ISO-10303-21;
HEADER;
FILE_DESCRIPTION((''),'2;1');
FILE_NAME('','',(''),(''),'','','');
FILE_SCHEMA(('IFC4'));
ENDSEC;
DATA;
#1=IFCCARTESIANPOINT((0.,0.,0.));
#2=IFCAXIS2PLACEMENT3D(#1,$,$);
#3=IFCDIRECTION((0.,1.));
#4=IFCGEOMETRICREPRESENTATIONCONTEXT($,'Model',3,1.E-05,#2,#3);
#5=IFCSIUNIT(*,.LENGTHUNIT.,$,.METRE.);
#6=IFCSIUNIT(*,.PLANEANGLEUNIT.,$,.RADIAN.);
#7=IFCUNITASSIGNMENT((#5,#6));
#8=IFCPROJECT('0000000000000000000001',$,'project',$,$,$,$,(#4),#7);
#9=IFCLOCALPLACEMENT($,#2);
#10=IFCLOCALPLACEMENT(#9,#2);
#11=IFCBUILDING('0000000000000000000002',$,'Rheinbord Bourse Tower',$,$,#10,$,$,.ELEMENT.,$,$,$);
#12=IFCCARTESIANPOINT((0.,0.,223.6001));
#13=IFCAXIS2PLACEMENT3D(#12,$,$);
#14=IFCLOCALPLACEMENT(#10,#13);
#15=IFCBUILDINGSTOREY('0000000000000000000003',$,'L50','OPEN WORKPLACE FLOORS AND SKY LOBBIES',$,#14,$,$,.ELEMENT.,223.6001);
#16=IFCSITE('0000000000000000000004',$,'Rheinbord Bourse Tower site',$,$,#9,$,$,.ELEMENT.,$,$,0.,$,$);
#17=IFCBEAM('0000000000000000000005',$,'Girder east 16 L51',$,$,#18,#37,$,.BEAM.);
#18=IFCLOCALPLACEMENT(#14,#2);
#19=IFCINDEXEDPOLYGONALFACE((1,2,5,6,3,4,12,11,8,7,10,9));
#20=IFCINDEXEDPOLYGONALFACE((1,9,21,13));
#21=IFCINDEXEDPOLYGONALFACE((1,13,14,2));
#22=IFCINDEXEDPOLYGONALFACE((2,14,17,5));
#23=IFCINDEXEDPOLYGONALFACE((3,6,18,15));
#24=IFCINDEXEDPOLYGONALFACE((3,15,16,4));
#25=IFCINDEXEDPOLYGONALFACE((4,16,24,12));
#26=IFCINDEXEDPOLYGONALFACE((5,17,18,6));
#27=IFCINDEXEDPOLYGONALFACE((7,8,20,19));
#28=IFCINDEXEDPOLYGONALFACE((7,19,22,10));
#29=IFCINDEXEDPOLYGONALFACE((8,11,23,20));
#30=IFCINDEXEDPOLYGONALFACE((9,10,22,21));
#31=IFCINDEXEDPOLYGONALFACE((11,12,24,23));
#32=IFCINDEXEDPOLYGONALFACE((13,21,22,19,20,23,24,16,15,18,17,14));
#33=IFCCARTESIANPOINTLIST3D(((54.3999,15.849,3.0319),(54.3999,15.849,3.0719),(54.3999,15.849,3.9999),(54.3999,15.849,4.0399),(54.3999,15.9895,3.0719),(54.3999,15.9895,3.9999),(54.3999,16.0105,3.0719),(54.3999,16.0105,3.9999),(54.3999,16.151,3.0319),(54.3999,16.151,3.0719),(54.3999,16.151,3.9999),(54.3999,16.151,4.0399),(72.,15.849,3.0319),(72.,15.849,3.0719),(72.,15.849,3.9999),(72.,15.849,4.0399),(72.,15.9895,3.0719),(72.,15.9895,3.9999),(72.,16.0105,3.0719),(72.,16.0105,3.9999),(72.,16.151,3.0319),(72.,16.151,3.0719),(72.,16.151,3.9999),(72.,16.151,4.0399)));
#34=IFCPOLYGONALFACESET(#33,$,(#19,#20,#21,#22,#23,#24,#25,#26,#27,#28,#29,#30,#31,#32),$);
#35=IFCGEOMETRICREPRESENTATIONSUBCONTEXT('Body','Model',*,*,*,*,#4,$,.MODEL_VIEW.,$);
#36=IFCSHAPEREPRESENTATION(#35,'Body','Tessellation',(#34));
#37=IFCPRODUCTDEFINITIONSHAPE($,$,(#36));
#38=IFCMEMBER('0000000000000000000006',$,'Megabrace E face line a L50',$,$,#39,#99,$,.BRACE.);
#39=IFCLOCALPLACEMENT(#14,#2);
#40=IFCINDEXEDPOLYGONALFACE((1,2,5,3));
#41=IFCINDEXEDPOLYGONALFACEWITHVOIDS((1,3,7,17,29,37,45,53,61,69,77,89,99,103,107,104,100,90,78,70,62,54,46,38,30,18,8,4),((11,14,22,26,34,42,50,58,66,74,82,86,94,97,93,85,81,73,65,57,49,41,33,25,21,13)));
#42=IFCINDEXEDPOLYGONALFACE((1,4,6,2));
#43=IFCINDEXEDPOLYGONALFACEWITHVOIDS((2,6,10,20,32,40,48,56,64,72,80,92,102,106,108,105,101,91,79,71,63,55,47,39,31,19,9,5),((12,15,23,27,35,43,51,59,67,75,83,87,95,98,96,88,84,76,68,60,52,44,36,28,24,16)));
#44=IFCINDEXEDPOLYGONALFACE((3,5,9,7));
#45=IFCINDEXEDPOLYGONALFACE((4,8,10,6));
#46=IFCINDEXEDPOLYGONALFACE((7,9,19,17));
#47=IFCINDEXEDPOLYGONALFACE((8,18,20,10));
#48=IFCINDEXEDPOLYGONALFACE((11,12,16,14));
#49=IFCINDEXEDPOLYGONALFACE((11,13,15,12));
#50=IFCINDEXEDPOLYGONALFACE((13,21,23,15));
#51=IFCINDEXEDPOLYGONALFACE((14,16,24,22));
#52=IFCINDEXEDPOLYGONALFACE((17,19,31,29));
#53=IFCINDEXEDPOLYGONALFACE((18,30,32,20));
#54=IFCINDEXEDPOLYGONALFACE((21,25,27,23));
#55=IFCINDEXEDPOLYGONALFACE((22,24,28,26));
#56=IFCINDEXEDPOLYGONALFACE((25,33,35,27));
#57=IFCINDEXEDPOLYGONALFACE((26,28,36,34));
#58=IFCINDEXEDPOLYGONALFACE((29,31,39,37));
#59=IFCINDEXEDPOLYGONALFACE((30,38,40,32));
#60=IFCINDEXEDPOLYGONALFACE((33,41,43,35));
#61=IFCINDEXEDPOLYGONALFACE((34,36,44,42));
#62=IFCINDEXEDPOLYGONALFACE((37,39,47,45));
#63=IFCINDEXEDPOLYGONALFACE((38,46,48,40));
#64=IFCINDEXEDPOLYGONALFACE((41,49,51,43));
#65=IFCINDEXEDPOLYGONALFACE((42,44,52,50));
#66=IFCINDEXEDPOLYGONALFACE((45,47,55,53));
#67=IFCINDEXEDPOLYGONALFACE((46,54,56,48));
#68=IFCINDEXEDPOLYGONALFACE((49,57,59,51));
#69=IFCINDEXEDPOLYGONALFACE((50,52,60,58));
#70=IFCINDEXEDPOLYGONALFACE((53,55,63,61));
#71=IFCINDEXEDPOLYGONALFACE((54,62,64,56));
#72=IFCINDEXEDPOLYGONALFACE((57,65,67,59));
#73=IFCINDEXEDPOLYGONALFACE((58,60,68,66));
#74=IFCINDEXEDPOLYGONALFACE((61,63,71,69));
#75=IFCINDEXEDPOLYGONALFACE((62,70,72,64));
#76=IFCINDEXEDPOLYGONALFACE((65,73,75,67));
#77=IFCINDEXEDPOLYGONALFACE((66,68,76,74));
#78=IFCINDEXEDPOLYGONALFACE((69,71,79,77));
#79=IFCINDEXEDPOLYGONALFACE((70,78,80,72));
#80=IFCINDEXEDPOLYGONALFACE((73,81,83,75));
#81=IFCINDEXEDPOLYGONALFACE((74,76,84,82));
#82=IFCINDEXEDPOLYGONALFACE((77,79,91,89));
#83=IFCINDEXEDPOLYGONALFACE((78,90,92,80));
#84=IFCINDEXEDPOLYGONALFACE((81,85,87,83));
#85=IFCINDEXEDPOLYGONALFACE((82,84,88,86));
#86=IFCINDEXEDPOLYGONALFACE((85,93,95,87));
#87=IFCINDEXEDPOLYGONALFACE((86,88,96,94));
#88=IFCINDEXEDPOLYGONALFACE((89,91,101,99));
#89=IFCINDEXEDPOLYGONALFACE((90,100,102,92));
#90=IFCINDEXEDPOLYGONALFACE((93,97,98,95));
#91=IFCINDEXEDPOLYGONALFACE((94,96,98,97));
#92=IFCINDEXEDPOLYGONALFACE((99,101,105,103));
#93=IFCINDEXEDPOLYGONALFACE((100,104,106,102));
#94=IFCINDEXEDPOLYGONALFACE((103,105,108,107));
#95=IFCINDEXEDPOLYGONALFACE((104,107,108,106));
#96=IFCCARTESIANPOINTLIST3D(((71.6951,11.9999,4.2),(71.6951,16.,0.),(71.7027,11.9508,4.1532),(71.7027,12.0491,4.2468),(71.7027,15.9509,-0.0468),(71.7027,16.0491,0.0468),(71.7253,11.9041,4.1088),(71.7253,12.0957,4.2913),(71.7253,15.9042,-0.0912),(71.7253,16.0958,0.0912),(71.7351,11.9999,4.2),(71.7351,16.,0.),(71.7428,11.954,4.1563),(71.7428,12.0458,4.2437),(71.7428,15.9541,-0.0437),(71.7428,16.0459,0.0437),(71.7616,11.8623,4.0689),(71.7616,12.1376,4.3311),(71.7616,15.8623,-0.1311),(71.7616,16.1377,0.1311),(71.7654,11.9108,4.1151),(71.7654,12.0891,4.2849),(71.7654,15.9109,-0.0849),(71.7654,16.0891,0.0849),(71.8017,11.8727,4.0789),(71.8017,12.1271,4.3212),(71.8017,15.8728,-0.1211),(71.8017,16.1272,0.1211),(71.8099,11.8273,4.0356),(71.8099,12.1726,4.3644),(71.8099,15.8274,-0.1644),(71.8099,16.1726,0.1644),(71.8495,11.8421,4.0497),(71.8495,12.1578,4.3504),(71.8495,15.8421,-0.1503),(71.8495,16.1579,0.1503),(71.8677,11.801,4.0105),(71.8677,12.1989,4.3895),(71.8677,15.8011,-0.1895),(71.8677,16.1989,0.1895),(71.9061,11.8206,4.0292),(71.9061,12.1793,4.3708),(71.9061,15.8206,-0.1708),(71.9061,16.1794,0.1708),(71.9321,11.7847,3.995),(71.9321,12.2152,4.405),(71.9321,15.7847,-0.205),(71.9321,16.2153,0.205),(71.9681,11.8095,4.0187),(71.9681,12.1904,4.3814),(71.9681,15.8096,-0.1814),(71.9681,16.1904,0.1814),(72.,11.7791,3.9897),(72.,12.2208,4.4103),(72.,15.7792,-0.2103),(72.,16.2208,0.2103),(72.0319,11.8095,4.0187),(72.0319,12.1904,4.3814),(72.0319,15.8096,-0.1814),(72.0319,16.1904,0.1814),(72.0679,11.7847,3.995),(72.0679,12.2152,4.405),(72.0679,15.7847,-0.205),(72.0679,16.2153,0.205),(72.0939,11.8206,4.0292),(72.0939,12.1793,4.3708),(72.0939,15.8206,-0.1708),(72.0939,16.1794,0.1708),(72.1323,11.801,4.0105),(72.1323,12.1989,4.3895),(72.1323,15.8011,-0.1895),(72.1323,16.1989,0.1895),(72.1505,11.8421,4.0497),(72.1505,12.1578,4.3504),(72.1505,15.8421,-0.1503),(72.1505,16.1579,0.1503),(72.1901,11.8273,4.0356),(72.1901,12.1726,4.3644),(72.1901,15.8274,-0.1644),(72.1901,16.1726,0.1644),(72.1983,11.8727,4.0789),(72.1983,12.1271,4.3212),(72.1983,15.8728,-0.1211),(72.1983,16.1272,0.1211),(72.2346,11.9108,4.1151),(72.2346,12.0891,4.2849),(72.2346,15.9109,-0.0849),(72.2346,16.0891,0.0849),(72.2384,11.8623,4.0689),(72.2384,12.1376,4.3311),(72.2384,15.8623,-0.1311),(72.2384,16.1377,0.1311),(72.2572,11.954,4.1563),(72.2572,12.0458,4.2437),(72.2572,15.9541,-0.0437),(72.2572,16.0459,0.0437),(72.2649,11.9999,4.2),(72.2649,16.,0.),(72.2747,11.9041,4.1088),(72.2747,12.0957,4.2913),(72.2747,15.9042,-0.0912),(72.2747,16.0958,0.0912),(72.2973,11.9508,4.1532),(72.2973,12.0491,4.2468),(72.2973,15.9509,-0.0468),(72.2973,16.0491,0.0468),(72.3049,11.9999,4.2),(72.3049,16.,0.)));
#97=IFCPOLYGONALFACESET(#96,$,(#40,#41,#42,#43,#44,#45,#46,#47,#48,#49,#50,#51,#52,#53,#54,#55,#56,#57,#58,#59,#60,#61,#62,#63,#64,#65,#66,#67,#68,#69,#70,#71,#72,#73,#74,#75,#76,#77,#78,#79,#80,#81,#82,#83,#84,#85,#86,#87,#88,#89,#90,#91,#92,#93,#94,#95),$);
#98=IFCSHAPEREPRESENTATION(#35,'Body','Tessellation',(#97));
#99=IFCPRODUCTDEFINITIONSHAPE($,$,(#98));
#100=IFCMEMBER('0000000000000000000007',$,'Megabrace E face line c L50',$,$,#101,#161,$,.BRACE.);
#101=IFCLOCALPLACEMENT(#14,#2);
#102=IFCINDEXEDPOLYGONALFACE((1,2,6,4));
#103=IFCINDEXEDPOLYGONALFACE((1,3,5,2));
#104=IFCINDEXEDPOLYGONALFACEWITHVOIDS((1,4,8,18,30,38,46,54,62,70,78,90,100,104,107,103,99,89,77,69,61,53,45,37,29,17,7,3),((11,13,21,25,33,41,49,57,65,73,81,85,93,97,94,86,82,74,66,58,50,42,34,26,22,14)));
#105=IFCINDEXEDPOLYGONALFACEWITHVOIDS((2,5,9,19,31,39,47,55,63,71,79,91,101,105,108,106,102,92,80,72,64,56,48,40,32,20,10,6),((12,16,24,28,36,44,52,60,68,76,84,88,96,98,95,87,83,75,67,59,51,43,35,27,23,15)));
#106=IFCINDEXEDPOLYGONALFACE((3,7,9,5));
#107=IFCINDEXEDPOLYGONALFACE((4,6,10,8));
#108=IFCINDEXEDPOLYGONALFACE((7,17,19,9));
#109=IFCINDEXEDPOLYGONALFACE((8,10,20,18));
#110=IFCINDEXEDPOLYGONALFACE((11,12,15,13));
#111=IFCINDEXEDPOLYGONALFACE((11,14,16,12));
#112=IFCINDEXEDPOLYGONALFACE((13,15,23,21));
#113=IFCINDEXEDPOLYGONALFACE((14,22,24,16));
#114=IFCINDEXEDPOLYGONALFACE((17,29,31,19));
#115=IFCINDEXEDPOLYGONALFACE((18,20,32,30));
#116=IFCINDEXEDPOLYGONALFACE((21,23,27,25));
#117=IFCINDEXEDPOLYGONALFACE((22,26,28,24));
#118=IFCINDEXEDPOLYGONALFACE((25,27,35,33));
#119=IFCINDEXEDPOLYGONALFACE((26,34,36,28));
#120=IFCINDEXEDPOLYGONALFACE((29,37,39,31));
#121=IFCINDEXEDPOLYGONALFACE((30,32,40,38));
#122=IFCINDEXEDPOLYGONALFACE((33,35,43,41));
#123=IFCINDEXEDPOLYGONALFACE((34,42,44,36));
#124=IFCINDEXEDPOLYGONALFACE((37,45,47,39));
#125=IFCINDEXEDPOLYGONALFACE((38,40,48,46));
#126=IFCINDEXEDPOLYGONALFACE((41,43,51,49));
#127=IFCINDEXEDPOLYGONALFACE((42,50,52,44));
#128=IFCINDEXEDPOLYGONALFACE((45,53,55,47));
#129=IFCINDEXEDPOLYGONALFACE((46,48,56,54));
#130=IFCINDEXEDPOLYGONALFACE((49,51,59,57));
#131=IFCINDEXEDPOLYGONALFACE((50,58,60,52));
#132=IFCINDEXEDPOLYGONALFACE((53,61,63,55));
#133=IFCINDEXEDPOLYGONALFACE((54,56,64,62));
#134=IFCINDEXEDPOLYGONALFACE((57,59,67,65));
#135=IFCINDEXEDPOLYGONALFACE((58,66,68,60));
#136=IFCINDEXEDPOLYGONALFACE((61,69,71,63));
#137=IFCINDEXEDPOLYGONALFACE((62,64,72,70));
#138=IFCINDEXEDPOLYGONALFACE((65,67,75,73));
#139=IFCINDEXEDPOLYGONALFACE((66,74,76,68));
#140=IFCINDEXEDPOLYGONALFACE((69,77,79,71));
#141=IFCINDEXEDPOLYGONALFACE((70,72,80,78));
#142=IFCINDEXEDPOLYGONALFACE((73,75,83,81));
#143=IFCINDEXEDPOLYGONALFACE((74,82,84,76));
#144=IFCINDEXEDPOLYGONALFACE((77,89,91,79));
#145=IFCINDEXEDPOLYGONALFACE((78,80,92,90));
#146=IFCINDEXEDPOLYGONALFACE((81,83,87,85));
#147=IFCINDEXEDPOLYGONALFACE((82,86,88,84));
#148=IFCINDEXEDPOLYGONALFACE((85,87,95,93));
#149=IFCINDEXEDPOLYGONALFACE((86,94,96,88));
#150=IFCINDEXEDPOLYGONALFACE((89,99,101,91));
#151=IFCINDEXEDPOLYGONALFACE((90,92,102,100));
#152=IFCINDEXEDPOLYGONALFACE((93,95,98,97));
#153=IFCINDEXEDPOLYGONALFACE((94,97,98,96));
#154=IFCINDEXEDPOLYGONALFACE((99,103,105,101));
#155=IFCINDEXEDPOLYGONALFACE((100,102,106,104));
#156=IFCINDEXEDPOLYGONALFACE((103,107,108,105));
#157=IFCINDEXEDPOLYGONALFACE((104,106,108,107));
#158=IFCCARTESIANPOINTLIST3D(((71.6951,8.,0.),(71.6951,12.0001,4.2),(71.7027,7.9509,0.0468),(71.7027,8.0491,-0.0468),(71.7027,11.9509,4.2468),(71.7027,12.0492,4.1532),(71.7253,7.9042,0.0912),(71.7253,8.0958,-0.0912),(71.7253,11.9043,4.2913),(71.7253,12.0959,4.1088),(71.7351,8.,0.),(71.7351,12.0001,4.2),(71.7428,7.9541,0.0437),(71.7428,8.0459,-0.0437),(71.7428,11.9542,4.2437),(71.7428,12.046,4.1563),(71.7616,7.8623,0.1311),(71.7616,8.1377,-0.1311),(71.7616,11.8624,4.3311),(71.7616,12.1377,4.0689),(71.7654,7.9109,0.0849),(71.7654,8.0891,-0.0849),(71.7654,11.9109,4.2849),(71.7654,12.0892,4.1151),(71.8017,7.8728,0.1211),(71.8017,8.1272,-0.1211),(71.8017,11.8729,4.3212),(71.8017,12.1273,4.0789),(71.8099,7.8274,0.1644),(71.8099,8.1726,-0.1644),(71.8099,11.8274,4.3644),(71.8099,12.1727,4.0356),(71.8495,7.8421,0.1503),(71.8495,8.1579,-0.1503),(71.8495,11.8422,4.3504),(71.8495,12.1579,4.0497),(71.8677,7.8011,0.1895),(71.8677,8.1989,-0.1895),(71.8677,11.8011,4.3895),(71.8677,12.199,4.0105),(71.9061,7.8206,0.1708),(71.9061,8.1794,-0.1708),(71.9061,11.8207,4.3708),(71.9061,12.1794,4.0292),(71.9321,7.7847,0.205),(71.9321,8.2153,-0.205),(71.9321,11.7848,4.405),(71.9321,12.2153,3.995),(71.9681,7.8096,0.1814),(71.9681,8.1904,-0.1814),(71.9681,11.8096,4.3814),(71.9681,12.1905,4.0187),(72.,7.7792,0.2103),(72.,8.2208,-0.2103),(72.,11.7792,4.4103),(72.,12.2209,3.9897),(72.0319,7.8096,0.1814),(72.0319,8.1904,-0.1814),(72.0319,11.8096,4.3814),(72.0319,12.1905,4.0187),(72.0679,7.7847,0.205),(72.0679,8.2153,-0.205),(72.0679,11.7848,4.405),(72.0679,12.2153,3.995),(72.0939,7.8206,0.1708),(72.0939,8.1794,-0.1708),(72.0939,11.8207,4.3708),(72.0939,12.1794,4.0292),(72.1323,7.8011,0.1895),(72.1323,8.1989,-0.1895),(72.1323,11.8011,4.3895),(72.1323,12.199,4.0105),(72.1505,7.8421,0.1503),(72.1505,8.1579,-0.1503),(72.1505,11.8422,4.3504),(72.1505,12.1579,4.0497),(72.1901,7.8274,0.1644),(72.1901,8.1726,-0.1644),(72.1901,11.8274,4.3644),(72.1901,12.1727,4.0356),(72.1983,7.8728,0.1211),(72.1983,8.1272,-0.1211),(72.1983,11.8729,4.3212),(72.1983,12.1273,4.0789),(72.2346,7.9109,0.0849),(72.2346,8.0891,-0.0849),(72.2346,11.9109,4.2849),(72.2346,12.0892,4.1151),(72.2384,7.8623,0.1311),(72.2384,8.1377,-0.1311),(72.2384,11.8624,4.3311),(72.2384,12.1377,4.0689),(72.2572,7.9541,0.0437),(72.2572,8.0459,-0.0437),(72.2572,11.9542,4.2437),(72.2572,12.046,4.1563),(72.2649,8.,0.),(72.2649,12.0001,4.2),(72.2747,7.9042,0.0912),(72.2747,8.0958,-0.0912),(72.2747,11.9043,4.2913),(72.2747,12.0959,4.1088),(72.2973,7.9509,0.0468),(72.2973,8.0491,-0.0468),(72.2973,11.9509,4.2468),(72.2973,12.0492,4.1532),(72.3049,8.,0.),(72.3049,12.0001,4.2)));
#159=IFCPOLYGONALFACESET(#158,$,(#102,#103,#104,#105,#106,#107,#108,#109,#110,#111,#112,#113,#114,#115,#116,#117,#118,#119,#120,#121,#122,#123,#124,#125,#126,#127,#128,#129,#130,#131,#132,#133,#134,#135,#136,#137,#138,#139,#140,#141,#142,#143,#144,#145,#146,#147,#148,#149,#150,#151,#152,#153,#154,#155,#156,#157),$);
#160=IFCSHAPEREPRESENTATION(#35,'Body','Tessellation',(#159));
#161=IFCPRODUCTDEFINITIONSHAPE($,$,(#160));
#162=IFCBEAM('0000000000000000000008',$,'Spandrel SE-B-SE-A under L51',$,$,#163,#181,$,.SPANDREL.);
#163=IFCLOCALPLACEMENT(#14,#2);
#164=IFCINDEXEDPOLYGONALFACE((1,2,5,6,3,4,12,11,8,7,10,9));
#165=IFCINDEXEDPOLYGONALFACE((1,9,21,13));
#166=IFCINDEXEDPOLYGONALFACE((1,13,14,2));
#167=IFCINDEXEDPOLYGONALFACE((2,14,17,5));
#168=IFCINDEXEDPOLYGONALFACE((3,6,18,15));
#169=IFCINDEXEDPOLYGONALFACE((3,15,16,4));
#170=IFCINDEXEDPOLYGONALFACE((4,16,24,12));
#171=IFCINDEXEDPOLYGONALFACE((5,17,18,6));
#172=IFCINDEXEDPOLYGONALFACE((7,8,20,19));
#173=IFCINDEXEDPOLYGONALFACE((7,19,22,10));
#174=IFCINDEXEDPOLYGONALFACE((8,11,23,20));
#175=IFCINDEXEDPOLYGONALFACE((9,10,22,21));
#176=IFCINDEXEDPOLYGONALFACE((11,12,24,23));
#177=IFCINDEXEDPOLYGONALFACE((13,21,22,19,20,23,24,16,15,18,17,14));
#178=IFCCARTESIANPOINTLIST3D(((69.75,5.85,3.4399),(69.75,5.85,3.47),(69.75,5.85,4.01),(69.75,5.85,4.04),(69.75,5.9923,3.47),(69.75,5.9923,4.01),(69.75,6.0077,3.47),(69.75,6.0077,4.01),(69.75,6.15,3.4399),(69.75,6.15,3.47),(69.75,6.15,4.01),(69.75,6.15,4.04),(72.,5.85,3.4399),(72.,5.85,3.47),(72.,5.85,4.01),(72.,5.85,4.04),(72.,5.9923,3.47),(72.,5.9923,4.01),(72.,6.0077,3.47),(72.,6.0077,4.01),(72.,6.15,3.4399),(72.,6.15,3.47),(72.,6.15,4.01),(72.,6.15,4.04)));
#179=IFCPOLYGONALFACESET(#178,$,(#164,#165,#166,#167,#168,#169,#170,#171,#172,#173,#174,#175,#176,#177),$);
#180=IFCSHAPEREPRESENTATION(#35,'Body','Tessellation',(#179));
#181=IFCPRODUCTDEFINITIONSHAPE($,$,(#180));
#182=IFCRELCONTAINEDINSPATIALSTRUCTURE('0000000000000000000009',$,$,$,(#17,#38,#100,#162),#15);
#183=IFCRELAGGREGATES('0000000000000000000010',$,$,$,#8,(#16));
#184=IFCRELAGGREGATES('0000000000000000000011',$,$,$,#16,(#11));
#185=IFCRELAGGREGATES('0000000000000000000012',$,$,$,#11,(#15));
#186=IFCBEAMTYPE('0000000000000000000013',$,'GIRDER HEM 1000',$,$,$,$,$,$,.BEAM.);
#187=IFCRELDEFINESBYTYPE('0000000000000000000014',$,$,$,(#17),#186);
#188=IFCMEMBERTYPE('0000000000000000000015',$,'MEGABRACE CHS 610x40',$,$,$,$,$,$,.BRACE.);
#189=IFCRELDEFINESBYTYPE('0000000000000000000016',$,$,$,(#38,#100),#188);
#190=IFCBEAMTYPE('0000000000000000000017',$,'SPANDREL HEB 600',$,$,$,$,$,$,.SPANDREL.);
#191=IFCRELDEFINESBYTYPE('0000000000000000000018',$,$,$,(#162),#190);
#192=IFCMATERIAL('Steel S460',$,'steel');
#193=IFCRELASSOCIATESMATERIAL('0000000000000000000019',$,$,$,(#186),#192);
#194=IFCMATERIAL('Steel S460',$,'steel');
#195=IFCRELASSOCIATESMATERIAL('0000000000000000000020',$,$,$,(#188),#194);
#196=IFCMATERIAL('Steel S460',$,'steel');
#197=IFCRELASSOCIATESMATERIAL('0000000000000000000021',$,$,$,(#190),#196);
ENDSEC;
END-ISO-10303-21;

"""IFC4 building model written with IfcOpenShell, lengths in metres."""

from ifc_helpers import new_model, si_unit, direction, frame, origin, origin_2d, place, context, subcontext, project, spatial, hollow_circle, i_section, extrude, material, material_profile, profile_set, type_object, element, save


model = new_model("IFC4")

# Units and contexts
model_context = context("Model", 3, precision=1e-05, world=origin(), true_north=direction((0.0, 1.0)))
body_context = subcontext(model_context, "Body", "Model", "MODEL_VIEW")
ifc_project = project(units=[si_unit("LENGTHUNIT", "METRE"), si_unit("PLANEANGLEUNIT", "RADIAN")], contexts=[model_context])

# Site, building, storey
site_placement = place(None, origin())
site = spatial("IfcSite", under=ifc_project, at=site_placement, Name="Rheinbord Bourse Tower site", CompositionType="ELEMENT", RefElevation=0.0)
building_placement = place(site_placement, origin())
building = spatial("IfcBuilding", under=site, at=building_placement, Name="Rheinbord Bourse Tower", CompositionType="ELEMENT")
storey_placement = place(building_placement, frame((0.0, 0.0, 223.6001)))
storey = spatial("IfcBuildingStorey", under=building, at=storey_placement, Name="L50", Description="OPEN WORKPLACE FLOORS AND SKY LOBBIES", CompositionType="ELEMENT", Elevation=223.6001)

# Beam
ifc_material_1 = material(Name="Steel S460", Category="steel")
ifc_material_profile_1 = material_profile(ifc_material_1, i_section(OverallWidth=0.302, OverallDepth=1.0081, WebThickness=0.021, FlangeThickness=0.04, at=origin_2d()), Name="HEM 1000")
ifc_profile_set_1 = profile_set([ifc_material_profile_1], Name="Steel S460")
beam_type_1 = type_object("IfcBeamType", Name="GIRDER HEM 1000", PredefinedType="BEAM", material=ifc_profile_set_1)
beam_1_placement = place(storey_placement, frame((54.3999, 16.0, 3.5359), z_axis=(1.0, 0.0, 0.0), x_axis=(0.0, 1.0, 0.0)))
element("IfcBeam", 1, at=beam_1_placement, inside=storey, type_object=beam_type_1, Name="Girder east 16 L51", PredefinedType="BEAM", context=body_context, shape_type="SweptSolid", body=[
    extrude(i_section(OverallWidth=0.302, OverallDepth=1.0081, WebThickness=0.021, FlangeThickness=0.04, at=origin_2d()), origin(), (0.0, 0.0, 1.0), 17.6001),
])

# Members
ifc_material_2 = material(Name="Steel S460", Category="steel")
ifc_material_profile_2 = material_profile(ifc_material_2, hollow_circle(Radius=0.3049, WallThickness=0.04, at=origin_2d()), Name="CHS 610x40")
ifc_profile_set_2 = profile_set([ifc_material_profile_2], Name="Steel S460")
member_type_1 = type_object("IfcMemberType", Name="MEGABRACE CHS 610x40", PredefinedType="BRACE", material=ifc_profile_set_2)
for number, where, z_axis, x_axis, name in (
    (2, (72.0, 16.0, 0.0), (0.0, -0.689659, 0.724134), (1.0, 0.0, 0.0), "Megabrace E face line a L50"),
    (3, (72.0, 8.0, 0.0), (0.0, 0.689659, 0.724134), (-1.0, 0.0, 0.0), "Megabrace E face line c L50"),
):
    element("IfcMember", number, at=place(storey_placement, frame(where, z_axis=z_axis, x_axis=x_axis)), inside=storey, type_object=member_type_1, Name=name, PredefinedType="BRACE", context=body_context, shape_type="SweptSolid", body=[
        extrude(hollow_circle(Radius=0.3049, WallThickness=0.04, at=origin_2d()), origin(), (0.0, 0.0, 1.0), 5.8),
    ])

# Beam
ifc_material_3 = material(Name="Steel S460", Category="steel")
ifc_material_profile_3 = material_profile(ifc_material_3, i_section(OverallWidth=0.3, OverallDepth=0.6001, WebThickness=0.0154, FlangeThickness=0.03, at=origin_2d()), Name="HEB 600")
ifc_profile_set_3 = profile_set([ifc_material_profile_3], Name="Steel S460")
beam_type_2 = type_object("IfcBeamType", Name="SPANDREL HEB 600", PredefinedType="SPANDREL", material=ifc_profile_set_3)
beam_2_placement = place(storey_placement, frame((69.75, 6.0, 3.74), z_axis=(1.0, 0.0, 0.0), x_axis=(0.0, 1.0, 0.0)))
element("IfcBeam", 4, at=beam_2_placement, inside=storey, type_object=beam_type_2, Name="Spandrel SE-B-SE-A under L51", PredefinedType="SPANDREL", context=body_context, shape_type="SweptSolid", body=[
    extrude(i_section(OverallWidth=0.3, OverallDepth=0.6001, WebThickness=0.0154, FlangeThickness=0.03, at=origin_2d()), origin(), (0.0, 0.0, 1.0), 2.25),
])

save(model, "model.ifc")
